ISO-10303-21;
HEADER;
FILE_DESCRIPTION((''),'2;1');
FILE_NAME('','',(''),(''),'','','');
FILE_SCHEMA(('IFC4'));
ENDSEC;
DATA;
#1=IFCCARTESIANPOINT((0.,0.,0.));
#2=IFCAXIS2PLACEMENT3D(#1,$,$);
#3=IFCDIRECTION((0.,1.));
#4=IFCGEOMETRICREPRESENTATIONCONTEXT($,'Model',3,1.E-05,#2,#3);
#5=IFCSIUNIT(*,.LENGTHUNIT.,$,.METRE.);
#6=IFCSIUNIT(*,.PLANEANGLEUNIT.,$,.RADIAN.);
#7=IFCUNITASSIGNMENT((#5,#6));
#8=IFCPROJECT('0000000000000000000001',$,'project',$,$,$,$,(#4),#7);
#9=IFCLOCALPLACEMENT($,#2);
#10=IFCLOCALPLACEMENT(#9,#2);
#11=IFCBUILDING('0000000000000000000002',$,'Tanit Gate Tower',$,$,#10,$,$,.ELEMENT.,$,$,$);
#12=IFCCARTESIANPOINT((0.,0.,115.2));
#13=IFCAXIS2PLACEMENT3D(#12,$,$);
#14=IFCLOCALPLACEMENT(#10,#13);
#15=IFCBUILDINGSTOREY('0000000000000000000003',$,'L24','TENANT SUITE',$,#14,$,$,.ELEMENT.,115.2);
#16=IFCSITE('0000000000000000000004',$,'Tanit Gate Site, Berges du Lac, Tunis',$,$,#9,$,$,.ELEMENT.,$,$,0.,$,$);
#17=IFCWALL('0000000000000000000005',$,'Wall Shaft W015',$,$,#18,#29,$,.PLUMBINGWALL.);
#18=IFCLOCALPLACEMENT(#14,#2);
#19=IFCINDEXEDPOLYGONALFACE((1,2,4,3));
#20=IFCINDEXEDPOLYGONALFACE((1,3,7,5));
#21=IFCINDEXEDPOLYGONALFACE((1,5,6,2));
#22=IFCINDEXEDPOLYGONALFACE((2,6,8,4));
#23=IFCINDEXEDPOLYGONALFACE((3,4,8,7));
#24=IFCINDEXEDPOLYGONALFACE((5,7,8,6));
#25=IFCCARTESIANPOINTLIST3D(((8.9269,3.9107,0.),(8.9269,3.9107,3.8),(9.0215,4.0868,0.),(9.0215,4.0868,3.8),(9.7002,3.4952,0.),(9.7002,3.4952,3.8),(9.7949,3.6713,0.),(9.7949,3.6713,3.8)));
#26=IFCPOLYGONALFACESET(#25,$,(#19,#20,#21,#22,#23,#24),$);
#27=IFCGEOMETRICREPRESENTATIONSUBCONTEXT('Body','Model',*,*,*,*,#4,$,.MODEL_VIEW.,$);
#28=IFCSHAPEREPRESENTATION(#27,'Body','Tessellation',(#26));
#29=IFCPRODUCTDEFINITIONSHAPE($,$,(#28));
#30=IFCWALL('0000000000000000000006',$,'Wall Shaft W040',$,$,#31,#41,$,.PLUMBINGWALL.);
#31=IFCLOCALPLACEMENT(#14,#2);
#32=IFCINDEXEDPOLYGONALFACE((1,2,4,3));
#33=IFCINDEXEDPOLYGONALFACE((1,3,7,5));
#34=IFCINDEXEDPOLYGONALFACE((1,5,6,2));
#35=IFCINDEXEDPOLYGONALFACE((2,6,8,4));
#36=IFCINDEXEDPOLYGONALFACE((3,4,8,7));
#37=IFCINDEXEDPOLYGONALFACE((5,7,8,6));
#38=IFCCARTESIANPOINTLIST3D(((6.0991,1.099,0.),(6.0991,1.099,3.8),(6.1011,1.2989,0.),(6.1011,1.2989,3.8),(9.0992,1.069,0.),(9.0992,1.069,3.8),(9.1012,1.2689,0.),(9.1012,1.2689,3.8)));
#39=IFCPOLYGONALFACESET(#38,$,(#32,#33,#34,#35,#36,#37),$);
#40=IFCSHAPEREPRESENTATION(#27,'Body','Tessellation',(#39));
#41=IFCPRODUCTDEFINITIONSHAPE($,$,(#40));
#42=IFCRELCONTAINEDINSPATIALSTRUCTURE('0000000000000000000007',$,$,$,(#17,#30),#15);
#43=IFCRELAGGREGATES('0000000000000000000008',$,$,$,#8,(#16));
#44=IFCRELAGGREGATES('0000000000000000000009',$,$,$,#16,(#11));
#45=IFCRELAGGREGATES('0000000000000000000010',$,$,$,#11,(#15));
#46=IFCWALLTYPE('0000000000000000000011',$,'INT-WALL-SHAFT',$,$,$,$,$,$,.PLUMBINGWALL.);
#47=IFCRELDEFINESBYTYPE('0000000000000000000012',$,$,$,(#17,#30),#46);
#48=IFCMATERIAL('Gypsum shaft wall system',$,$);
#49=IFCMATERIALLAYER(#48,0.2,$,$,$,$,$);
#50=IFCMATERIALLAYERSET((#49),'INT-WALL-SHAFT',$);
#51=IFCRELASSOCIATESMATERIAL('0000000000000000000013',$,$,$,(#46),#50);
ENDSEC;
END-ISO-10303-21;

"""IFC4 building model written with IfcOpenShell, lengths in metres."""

from ifc_helpers import new_model, si_unit, direction, frame, frame_2d, origin, place, context, subcontext, project, spatial, rectangle, extrude, material, layer, layer_set, type_object, element, save


model = new_model("IFC4")

# Units and contexts
model_context = context("Model", 3, precision=1e-05, world=origin(), true_north=direction((0.0, 1.0)))
body_context = subcontext(model_context, "Body", "Model", "MODEL_VIEW")
ifc_project = project(units=[si_unit("LENGTHUNIT", "METRE"), si_unit("PLANEANGLEUNIT", "RADIAN")], contexts=[model_context])

# Site, building, storey
site_placement = place(None, origin())
site = spatial("IfcSite", under=ifc_project, at=site_placement, Name="Tanit Gate Site, Berges du Lac, Tunis", CompositionType="ELEMENT", RefElevation=0.0)
building_placement = place(site_placement, origin())
building = spatial("IfcBuilding", under=site, at=building_placement, Name="Tanit Gate Tower", CompositionType="ELEMENT")
storey_placement = place(building_placement, frame((0.0, 0.0, 115.2)))
storey = spatial("IfcBuildingStorey", under=building, at=storey_placement, Name="L24", Description="TENANT SUITE", CompositionType="ELEMENT", Elevation=115.2)

# Wall
ifc_material_1 = material(Name="Gypsum shaft wall system")
ifc_layer_1 = layer(ifc_material_1, 0.2)
ifc_layer_set_1 = layer_set([ifc_layer_1], Name="INT-WALL-SHAFT")
wall_type_1 = type_object("IfcWallType", Name="INT-WALL-SHAFT", PredefinedType="PLUMBINGWALL", material=ifc_layer_set_1)
wall_1_placement = place(storey_placement, frame((9.7476, 3.5833, 0.0), z_axis=(0.0, 0.0, 1.0), x_axis=(-0.880917, 0.473271, 0.0)))
element("IfcWall", 1, at=wall_1_placement, inside=storey, type_object=wall_type_1, Name="Wall Shaft W015", PredefinedType="PLUMBINGWALL", context=body_context, shape_type="SweptSolid", body=[
    extrude(rectangle(XDim=0.8779, YDim=0.2, at=frame_2d((0.439, 0.0))), origin(), (0.0, 0.0, 1.0), 3.8),
])

# Wall
wall_2_placement = place(storey_placement, frame((9.1001, 1.1689, 0.0), z_axis=(0.0, 0.0, 1.0), x_axis=(-0.99995, 0.010009, 0.0)))
element("IfcWall", 2, at=wall_2_placement, inside=storey, type_object=wall_type_1, Name="Wall Shaft W040", PredefinedType="PLUMBINGWALL", context=body_context, shape_type="SweptSolid", body=[
    extrude(rectangle(XDim=3.0002, YDim=0.2, at=frame_2d((1.5, 0.0))), origin(), (0.0, 0.0, 1.0), 3.8),
])

save(model, "model.ifc")
